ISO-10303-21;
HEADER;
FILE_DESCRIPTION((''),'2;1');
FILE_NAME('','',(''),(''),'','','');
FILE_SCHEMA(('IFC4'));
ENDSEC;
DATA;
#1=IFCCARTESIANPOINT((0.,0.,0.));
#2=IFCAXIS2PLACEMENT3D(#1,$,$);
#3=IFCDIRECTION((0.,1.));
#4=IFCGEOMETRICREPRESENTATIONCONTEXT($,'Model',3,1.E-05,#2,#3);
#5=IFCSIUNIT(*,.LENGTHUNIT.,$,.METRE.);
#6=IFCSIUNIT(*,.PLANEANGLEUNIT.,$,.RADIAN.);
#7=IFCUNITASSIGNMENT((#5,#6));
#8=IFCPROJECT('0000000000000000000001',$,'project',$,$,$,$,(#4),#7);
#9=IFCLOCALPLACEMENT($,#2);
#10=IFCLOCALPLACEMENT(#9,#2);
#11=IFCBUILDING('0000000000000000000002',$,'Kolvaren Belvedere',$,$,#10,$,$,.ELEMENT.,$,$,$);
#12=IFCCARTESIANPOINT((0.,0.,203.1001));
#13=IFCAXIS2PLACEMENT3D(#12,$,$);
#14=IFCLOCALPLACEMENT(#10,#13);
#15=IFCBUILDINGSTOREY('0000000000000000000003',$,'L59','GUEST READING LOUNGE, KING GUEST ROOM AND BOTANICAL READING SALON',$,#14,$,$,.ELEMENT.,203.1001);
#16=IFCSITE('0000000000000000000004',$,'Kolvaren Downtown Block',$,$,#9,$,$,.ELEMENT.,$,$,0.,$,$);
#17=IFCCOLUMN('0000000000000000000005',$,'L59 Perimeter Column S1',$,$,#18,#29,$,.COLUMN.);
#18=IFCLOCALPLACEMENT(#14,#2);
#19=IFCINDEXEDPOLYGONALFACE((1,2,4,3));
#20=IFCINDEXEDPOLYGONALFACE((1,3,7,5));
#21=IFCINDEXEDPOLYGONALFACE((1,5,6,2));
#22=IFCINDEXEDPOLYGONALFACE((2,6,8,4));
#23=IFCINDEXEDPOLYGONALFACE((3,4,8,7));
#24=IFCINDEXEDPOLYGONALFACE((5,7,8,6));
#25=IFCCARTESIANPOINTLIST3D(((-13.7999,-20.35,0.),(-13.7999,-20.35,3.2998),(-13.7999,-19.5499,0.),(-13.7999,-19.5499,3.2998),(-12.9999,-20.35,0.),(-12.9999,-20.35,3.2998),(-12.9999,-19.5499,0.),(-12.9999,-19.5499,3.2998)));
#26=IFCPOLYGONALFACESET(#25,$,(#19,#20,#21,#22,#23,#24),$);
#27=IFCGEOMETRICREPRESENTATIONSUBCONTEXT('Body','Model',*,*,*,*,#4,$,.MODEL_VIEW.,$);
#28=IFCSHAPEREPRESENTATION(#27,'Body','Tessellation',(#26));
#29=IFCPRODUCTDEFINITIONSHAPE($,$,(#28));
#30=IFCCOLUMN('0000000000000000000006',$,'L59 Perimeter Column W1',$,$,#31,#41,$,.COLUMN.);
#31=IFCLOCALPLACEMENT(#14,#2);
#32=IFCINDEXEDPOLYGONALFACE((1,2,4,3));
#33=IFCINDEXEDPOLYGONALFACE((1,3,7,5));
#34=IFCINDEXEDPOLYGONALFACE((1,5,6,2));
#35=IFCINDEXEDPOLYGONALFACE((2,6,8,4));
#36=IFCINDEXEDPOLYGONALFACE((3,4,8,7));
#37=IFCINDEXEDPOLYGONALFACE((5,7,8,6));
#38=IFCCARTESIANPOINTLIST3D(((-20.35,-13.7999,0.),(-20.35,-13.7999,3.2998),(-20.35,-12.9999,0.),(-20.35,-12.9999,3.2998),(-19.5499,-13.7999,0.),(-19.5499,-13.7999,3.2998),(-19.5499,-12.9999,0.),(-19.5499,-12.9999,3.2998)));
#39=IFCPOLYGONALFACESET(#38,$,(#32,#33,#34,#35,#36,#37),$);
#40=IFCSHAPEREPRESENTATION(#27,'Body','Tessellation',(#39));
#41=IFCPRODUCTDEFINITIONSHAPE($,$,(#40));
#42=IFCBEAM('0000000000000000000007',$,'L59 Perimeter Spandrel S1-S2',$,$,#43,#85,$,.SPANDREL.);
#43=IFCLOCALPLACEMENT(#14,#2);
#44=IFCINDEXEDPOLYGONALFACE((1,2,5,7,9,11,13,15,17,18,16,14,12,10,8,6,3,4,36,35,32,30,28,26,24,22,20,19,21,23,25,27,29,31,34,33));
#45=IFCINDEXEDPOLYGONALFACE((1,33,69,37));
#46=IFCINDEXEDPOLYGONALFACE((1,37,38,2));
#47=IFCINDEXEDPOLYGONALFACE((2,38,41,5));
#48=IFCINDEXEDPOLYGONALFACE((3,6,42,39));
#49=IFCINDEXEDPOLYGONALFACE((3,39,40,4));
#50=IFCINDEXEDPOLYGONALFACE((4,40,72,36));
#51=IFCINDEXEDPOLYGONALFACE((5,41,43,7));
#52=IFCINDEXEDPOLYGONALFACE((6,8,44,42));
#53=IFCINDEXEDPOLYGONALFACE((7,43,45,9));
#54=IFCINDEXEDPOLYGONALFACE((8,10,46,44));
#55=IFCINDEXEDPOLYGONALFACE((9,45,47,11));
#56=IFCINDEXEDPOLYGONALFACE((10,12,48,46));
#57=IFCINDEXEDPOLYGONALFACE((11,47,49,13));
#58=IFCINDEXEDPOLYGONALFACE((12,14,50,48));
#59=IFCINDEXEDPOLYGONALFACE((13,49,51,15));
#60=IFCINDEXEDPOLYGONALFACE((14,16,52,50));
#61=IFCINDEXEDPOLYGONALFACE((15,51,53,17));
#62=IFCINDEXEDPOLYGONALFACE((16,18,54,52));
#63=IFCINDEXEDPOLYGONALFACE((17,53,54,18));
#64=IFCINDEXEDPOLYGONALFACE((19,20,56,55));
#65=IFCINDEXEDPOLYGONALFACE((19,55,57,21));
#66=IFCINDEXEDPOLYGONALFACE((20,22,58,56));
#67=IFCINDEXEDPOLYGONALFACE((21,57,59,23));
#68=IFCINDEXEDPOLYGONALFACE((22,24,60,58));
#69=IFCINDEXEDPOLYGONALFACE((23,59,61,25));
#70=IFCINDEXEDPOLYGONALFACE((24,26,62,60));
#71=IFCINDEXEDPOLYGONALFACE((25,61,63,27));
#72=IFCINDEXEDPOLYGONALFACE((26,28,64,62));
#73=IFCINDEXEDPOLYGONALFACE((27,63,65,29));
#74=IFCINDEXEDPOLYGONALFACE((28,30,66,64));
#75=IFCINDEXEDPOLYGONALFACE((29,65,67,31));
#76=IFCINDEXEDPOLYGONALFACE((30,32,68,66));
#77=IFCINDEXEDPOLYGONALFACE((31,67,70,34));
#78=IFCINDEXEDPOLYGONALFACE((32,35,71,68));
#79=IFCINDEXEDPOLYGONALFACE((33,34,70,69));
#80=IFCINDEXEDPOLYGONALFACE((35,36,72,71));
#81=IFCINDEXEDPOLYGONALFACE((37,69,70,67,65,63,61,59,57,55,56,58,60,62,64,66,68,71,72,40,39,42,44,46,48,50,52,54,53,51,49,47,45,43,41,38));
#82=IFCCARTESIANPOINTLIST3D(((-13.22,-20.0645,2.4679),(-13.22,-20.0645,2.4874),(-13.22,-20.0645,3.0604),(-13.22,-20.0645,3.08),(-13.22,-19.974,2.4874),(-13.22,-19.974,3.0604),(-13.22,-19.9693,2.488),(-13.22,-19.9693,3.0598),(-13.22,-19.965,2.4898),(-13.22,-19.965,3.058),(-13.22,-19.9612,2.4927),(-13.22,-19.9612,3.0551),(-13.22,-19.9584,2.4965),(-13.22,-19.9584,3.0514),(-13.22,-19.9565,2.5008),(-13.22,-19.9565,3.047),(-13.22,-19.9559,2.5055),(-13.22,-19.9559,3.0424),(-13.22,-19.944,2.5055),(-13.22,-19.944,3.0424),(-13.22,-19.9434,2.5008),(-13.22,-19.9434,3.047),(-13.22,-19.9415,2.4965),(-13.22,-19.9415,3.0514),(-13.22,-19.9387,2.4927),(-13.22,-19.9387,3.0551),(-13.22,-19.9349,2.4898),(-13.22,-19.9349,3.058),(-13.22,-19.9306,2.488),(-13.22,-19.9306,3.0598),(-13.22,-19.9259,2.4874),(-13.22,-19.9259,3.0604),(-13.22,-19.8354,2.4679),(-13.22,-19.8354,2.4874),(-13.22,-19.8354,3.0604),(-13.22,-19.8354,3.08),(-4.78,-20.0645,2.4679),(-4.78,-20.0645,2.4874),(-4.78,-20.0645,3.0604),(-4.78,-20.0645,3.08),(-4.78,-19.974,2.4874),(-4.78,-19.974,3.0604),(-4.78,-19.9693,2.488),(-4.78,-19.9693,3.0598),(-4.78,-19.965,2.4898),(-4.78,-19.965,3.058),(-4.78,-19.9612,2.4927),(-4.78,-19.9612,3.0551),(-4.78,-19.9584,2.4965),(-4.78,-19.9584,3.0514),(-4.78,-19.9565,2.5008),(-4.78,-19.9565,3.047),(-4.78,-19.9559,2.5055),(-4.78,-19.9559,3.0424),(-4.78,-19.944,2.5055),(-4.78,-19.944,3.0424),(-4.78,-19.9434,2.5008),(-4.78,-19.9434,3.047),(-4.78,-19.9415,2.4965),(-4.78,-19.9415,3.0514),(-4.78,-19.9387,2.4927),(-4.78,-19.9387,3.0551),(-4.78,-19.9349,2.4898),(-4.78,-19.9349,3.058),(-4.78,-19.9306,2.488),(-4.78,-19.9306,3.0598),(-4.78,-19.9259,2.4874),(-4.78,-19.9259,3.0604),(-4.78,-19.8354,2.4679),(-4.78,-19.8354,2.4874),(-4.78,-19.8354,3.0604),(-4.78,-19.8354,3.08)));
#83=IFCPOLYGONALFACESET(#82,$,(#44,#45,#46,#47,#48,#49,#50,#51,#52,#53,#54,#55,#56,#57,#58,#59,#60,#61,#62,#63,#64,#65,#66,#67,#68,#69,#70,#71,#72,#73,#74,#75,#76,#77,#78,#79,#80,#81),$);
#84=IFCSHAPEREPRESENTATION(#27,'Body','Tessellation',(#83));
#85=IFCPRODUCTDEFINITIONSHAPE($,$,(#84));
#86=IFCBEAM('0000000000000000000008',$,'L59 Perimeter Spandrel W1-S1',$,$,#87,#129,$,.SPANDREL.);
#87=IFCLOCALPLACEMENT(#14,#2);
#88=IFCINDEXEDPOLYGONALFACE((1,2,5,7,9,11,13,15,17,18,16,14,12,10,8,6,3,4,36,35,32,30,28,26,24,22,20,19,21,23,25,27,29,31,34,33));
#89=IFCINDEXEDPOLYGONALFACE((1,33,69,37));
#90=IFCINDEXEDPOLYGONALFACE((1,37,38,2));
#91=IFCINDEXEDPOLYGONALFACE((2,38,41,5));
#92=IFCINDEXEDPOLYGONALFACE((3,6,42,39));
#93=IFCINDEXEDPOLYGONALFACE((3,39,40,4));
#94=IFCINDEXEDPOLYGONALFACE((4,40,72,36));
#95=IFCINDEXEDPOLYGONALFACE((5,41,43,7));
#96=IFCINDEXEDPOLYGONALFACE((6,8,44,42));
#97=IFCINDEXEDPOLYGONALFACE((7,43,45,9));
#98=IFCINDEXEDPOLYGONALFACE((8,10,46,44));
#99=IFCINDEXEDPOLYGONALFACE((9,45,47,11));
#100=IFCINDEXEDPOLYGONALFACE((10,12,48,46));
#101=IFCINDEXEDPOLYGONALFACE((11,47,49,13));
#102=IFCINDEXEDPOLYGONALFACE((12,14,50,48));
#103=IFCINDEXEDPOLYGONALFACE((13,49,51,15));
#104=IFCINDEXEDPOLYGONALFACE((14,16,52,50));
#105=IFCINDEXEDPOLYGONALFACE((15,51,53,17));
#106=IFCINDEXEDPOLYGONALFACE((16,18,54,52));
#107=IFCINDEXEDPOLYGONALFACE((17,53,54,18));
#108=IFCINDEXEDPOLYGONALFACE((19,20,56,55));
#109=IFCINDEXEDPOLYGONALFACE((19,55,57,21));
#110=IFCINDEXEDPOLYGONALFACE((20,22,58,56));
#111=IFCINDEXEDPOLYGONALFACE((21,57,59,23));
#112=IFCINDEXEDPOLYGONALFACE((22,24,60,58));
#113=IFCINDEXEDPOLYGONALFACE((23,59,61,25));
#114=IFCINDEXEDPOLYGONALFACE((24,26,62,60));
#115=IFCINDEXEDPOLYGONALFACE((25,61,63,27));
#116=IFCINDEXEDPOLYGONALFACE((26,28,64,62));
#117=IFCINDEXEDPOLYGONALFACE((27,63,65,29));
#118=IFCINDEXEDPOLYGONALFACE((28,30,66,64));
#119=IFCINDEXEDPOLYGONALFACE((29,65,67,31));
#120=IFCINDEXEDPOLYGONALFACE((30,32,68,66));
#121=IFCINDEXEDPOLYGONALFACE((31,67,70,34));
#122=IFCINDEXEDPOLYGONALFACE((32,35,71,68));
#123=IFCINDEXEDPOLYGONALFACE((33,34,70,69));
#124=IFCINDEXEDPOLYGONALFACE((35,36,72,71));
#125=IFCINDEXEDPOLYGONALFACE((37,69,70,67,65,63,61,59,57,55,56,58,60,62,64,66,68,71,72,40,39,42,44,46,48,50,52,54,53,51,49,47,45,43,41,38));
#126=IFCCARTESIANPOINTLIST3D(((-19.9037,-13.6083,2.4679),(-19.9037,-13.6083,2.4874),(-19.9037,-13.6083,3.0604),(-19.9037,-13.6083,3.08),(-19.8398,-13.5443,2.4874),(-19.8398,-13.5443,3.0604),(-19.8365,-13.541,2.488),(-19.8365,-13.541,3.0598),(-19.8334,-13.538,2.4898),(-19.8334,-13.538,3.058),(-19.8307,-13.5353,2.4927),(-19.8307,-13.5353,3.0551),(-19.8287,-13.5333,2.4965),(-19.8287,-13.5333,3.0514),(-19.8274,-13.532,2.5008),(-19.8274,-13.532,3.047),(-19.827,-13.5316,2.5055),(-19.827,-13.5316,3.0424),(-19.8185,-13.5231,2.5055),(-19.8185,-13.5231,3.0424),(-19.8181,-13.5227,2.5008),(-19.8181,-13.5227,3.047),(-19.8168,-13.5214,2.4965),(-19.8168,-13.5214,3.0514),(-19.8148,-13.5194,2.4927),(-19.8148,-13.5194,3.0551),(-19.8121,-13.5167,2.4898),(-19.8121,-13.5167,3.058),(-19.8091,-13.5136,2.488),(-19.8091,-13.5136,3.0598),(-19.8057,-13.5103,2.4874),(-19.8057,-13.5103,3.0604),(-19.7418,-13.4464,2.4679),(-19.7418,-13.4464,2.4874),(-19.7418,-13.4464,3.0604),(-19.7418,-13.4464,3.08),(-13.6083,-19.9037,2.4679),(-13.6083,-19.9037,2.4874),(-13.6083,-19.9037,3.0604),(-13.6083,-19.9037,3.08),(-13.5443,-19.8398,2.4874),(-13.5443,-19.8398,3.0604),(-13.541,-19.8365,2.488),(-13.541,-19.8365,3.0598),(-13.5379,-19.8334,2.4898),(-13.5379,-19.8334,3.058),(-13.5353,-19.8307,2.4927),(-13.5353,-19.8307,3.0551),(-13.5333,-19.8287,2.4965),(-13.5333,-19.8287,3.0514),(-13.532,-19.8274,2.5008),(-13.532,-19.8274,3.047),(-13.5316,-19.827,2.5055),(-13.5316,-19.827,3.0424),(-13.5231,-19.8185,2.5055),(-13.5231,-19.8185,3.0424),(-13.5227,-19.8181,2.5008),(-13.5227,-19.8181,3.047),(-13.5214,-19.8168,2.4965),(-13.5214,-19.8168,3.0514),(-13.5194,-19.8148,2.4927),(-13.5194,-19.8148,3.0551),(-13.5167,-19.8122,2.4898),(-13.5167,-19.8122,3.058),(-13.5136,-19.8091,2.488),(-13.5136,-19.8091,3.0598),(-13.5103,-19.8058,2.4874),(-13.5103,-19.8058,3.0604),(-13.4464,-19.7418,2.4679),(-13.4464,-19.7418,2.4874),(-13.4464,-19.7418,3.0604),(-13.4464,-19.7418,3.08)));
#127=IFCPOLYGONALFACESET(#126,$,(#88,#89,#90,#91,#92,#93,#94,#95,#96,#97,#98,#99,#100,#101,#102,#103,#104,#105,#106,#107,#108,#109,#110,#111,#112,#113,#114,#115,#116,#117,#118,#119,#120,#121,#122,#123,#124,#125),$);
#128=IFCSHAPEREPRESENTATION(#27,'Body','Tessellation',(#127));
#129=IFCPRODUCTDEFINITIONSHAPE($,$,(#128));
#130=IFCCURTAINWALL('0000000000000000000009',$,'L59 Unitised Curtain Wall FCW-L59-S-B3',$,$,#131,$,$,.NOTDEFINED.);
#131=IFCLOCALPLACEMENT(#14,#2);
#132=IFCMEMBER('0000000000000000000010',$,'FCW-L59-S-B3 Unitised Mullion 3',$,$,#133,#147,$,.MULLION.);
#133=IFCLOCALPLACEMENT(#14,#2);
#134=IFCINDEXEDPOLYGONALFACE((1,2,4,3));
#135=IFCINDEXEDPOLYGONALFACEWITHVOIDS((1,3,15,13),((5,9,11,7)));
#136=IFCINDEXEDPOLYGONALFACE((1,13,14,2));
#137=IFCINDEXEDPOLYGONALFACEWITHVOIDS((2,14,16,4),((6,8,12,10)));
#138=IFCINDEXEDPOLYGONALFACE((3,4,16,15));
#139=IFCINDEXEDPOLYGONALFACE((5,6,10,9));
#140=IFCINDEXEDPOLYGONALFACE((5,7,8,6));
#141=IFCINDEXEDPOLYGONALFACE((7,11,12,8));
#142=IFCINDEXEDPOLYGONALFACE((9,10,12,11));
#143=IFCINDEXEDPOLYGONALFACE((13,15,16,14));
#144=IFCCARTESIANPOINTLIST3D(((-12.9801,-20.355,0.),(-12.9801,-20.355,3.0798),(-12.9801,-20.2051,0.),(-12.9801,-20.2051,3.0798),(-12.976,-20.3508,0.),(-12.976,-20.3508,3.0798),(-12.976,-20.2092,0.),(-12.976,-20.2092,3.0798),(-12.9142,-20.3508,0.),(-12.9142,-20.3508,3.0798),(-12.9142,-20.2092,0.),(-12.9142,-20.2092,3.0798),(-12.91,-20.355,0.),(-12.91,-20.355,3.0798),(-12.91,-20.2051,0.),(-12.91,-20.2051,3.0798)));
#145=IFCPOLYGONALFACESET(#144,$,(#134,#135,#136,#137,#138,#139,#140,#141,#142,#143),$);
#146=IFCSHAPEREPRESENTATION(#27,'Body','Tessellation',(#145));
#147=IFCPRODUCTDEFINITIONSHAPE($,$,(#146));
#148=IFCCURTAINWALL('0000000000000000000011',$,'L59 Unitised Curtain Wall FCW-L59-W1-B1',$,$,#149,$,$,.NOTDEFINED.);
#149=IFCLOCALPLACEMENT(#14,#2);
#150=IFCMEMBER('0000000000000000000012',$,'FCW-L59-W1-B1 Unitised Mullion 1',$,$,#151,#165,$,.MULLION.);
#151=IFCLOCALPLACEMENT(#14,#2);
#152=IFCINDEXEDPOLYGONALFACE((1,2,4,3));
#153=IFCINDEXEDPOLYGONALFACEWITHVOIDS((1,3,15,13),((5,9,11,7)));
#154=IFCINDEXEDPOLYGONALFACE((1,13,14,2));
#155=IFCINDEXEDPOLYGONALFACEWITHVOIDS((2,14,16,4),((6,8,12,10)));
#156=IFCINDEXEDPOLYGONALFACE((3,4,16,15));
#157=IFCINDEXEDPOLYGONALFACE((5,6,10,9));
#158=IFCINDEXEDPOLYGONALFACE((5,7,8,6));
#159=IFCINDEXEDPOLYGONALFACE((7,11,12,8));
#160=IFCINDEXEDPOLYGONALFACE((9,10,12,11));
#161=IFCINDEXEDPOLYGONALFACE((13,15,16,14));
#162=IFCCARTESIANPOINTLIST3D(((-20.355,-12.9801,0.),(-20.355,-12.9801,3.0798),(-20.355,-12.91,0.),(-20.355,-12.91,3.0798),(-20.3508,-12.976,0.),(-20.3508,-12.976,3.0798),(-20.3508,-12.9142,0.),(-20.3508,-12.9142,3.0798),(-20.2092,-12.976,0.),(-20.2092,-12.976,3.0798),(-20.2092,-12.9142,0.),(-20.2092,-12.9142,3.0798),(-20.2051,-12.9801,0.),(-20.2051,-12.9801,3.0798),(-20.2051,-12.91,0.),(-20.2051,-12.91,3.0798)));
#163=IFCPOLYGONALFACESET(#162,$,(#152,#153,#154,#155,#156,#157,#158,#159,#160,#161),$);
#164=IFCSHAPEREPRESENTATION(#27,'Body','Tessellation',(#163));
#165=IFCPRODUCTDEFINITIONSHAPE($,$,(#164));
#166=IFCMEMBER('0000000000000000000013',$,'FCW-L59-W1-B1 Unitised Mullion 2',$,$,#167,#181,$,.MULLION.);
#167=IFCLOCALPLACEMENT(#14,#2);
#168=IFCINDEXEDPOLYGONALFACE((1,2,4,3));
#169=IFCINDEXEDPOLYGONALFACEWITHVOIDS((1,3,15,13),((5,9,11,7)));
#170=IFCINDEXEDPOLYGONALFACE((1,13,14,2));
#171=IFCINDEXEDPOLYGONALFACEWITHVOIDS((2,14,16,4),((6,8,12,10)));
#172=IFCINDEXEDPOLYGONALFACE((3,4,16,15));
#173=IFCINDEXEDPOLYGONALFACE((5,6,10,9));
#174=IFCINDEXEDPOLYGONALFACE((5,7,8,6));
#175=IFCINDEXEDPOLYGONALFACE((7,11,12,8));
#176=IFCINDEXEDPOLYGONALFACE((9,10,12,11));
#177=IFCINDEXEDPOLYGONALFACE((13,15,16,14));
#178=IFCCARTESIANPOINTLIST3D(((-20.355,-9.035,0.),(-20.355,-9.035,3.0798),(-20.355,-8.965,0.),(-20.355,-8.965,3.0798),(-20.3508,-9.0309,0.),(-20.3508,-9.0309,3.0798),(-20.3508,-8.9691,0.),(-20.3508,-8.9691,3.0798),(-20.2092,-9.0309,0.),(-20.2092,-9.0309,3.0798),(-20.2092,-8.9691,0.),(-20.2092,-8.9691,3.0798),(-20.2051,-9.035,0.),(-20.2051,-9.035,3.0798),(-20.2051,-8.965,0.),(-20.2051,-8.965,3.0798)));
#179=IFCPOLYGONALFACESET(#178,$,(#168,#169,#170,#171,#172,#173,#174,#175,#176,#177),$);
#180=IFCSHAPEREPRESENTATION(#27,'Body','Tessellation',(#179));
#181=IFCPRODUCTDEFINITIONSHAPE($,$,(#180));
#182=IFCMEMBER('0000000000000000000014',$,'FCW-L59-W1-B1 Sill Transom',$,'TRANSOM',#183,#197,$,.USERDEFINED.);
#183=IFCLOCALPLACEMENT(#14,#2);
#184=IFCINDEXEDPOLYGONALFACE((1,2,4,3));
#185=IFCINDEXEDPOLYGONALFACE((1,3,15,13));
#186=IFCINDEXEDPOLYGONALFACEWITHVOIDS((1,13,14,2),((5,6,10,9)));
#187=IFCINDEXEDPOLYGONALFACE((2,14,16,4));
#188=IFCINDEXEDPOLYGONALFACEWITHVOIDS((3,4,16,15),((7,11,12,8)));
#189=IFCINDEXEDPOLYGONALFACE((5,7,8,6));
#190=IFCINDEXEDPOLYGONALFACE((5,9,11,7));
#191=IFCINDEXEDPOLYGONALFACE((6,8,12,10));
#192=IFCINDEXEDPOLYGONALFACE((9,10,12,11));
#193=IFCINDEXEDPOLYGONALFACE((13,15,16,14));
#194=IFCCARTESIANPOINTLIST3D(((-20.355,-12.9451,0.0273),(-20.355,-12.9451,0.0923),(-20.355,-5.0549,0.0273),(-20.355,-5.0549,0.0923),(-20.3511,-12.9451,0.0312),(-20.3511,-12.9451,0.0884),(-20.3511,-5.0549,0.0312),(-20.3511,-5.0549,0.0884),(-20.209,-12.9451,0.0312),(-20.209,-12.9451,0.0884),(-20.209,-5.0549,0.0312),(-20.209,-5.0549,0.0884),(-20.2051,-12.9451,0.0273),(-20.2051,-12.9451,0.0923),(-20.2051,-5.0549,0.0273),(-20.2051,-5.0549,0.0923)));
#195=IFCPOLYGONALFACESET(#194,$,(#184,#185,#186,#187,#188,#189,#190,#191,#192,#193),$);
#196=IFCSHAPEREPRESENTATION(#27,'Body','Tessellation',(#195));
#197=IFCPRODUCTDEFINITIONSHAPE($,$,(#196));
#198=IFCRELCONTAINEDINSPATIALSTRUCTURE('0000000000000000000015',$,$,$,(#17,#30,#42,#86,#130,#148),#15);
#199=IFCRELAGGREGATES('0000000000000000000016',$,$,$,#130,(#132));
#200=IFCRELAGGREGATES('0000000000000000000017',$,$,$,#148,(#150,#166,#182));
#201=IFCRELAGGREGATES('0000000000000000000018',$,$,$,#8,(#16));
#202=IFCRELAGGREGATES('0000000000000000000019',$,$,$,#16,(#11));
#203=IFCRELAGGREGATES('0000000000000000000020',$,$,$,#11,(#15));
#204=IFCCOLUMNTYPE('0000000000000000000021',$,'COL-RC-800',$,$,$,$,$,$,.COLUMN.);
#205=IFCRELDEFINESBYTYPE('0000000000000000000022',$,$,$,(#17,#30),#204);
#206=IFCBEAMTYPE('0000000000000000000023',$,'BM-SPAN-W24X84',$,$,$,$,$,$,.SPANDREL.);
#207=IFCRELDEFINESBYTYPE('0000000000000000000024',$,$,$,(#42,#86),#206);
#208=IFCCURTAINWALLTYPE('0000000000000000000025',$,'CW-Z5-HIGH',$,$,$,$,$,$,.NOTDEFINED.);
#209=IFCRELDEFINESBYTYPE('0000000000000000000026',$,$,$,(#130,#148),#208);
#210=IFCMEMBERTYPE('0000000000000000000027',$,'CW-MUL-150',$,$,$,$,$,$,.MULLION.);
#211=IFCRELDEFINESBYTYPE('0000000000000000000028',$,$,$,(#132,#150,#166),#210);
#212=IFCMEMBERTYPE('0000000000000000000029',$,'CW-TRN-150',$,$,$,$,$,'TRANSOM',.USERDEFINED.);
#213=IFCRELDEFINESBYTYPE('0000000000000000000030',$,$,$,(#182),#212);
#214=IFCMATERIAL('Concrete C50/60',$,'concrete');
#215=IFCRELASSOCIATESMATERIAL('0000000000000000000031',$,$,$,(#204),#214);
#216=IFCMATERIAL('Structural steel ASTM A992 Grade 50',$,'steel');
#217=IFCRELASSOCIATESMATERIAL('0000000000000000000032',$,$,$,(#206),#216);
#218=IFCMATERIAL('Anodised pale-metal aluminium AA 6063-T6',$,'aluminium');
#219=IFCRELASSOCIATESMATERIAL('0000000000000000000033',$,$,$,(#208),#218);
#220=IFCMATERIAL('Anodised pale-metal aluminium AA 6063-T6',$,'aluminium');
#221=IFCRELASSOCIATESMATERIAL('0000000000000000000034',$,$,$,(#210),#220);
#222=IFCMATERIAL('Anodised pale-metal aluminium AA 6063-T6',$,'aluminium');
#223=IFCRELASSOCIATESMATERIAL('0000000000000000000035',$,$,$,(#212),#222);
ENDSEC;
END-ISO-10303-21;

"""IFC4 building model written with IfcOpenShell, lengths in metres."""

from ifc_helpers import new_model, si_unit, direction, frame, origin, origin_2d, place, context, subcontext, project, spatial, rectangle, hollow_rectangle, i_section, extrude, material, material_profile, profile_set, type_object, element, aggregate, save


model = new_model("IFC4")

# Units and contexts
model_context = context("Model", 3, precision=1e-05, world=origin(), true_north=direction((0.0, 1.0)))
body_context = subcontext(model_context, "Body", "Model", "MODEL_VIEW")
ifc_project = project(units=[si_unit("LENGTHUNIT", "METRE"), si_unit("PLANEANGLEUNIT", "RADIAN")], contexts=[model_context])

# Site, building, storey
site_placement = place(None, origin())
site = spatial("IfcSite", under=ifc_project, at=site_placement, Name="Kolvaren Downtown Block", CompositionType="ELEMENT", RefElevation=0.0)
building_placement = place(site_placement, origin())
building = spatial("IfcBuilding", under=site, at=building_placement, Name="Kolvaren Belvedere", CompositionType="ELEMENT")
storey_placement = place(building_placement, frame((0.0, 0.0, 203.1001)))
storey = spatial("IfcBuildingStorey", under=building, at=storey_placement, Name="L59", Description="GUEST READING LOUNGE, KING GUEST ROOM AND BOTANICAL READING SALON", CompositionType="ELEMENT", Elevation=203.1001)

# Columns
ifc_material_1 = material(Name="Concrete C50/60", Category="concrete")
ifc_material_profile_1 = material_profile(ifc_material_1, rectangle(XDim=0.8, YDim=0.8, at=origin_2d()), Name="RC 800X800")
ifc_profile_set_1 = profile_set([ifc_material_profile_1], Name="Concrete C50/60")
column_type = type_object("IfcColumnType", Name="COL-RC-800", PredefinedType="COLUMN", material=ifc_profile_set_1)
for number, where, z_axis, x_axis, name in (
    (1, (-13.3999, -19.95, 0.0), (0.0, 0.0, 1.0), (1.0, 0.0, 0.0), "L59 Perimeter Column S1"),
    (2, (-19.95, -13.3999, 0.0), (0.0, 0.0, 1.0), (1.0, 0.0, 0.0), "L59 Perimeter Column W1"),
):
    element("IfcColumn", number, at=place(storey_placement, frame(where, z_axis=z_axis, x_axis=x_axis)), inside=storey, type_object=column_type, Name=name, PredefinedType="COLUMN", context=body_context, shape_type="SweptSolid", body=[
        extrude(rectangle(XDim=0.8, YDim=0.8, at=origin_2d()), origin(), (0.0, 0.0, 1.0), 3.2998),
    ])

# Beams
ifc_material_2 = material(Name="Structural steel ASTM A992 Grade 50", Category="steel")
ifc_material_profile_2 = material_profile(ifc_material_2, i_section(OverallWidth=0.229, OverallDepth=0.6121, WebThickness=0.012, FlangeThickness=0.0195, FilletRadius=0.0181, at=origin_2d()), Name="W24X84")
ifc_profile_set_2 = profile_set([ifc_material_profile_2], Name="Structural steel ASTM A992 Grade 50")
beam_type = type_object("IfcBeamType", Name="BM-SPAN-W24X84", PredefinedType="SPANDREL", material=ifc_profile_set_2)
beam_1_placement = place(storey_placement, frame((-13.22, -19.95, 2.7739), z_axis=(1.0, 0.0, 0.0), x_axis=(0.0, 1.0, 0.0)))
element("IfcBeam", 3, at=beam_1_placement, inside=storey, type_object=beam_type, Name="L59 Perimeter Spandrel S1-S2", PredefinedType="SPANDREL", context=body_context, shape_type="SweptSolid", body=[
    extrude(i_section(OverallWidth=0.229, OverallDepth=0.6121, WebThickness=0.012, FlangeThickness=0.0195, FilletRadius=0.0181, at=origin_2d()), origin(), (0.0, 0.0, 1.0), 8.4399),
])
beam_2_placement = place(storey_placement, frame((-19.8228, -13.5273, 2.7739), z_axis=(0.707107, -0.707107, 0.0), x_axis=(0.707107, 0.707107, 0.0)))
element("IfcBeam", 4, at=beam_2_placement, inside=storey, type_object=beam_type, Name="L59 Perimeter Spandrel W1-S1", PredefinedType="SPANDREL", context=body_context, shape_type="SweptSolid", body=[
    extrude(i_section(OverallWidth=0.229, OverallDepth=0.6121, WebThickness=0.012, FlangeThickness=0.0195, FilletRadius=0.0181, at=origin_2d()), origin(), (0.0, 0.0, 1.0), 8.9031),
])

# Curtain wall, member
ifc_material_3 = material(Name="Anodised pale-metal aluminium AA 6063-T6", Category="aluminium")
curtain_wall_type = type_object("IfcCurtainWallType", Name="CW-Z5-HIGH", PredefinedType="NOTDEFINED", material=ifc_material_3)
curtain_wall_1_placement = place(storey_placement, origin())
curtain_wall_1 = element("IfcCurtainWall", 5, at=curtain_wall_1_placement, inside=storey, type_object=curtain_wall_type, Name="L59 Unitised Curtain Wall FCW-L59-S-B3", PredefinedType="NOTDEFINED")
ifc_material_4 = material(Name="Anodised pale-metal aluminium AA 6063-T6", Category="aluminium")
ifc_material_profile_3 = material_profile(ifc_material_4, hollow_rectangle(XDim=0.0701, YDim=0.1499, WallThickness=0.0042, at=origin_2d()), Name="ALU-MUL-150X70")
ifc_profile_set_3 = profile_set([ifc_material_profile_3], Name="Anodised pale-metal aluminium AA 6063-T6")
member_type_1 = type_object("IfcMemberType", Name="CW-MUL-150", PredefinedType="MULLION", material=ifc_profile_set_3)
member_1_placement = place(storey_placement, frame((-12.9451, -20.28, 0.0), z_axis=(0.0, 0.0, 1.0), x_axis=(1.0, 0.0, 0.0)))
member_1 = element("IfcMember", 6, at=member_1_placement, type_object=member_type_1, Name="FCW-L59-S-B3 Unitised Mullion 3", PredefinedType="MULLION", context=body_context, shape_type="SweptSolid", body=[
    extrude(hollow_rectangle(XDim=0.0701, YDim=0.1499, WallThickness=0.0042, at=origin_2d()), origin(), (0.0, 0.0, 1.0), 3.0798),
])
aggregate(curtain_wall_1, [member_1])

# Curtain wall, members
curtain_wall_2_placement = place(storey_placement, origin())
curtain_wall_2 = element("IfcCurtainWall", 7, at=curtain_wall_2_placement, inside=storey, type_object=curtain_wall_type, Name="L59 Unitised Curtain Wall FCW-L59-W1-B1", PredefinedType="NOTDEFINED")
member_2_placement = place(storey_placement, frame((-20.28, -12.9451, 0.0), z_axis=(0.0, 0.0, 1.0), x_axis=(0.0, 1.0, 0.0)))
member_2 = element("IfcMember", 8, at=member_2_placement, type_object=member_type_1, Name="FCW-L59-W1-B1 Unitised Mullion 1", PredefinedType="MULLION", context=body_context, shape_type="SweptSolid", body=[
    extrude(hollow_rectangle(XDim=0.0701, YDim=0.1499, WallThickness=0.0042, at=origin_2d()), origin(), (0.0, 0.0, 1.0), 3.0798),
])
member_3_placement = place(storey_placement, frame((-20.28, -9.0, 0.0), z_axis=(0.0, 0.0, 1.0), x_axis=(0.0, 1.0, 0.0)))
member_3 = element("IfcMember", 9, at=member_3_placement, type_object=member_type_1, Name="FCW-L59-W1-B1 Unitised Mullion 2", PredefinedType="MULLION", context=body_context, shape_type="SweptSolid", body=[
    extrude(hollow_rectangle(XDim=0.0701, YDim=0.1499, WallThickness=0.0042, at=origin_2d()), origin(), (0.0, 0.0, 1.0), 3.0798),
])
ifc_material_5 = material(Name="Anodised pale-metal aluminium AA 6063-T6", Category="aluminium")
ifc_material_profile_4 = material_profile(ifc_material_5, hollow_rectangle(XDim=0.0649, YDim=0.1499, WallThickness=0.0039, at=origin_2d()), Name="ALU-TRN-150X65")
ifc_profile_set_4 = profile_set([ifc_material_profile_4], Name="Anodised pale-metal aluminium AA 6063-T6")
member_type_2 = type_object("IfcMemberType", Name="CW-TRN-150", ElementType="TRANSOM", PredefinedType="USERDEFINED", material=ifc_profile_set_4)
member_4_placement = place(storey_placement, frame((-20.28, -12.9451, 0.0598), z_axis=(0.0, 1.0, 0.0), x_axis=(0.0, 0.0, 1.0)))
member_4 = element("IfcMember", 10, at=member_4_placement, type_object=member_type_2, Name="FCW-L59-W1-B1 Sill Transom", ObjectType="TRANSOM", PredefinedType="USERDEFINED", context=body_context, shape_type="SweptSolid", body=[
    extrude(hollow_rectangle(XDim=0.0649, YDim=0.1499, WallThickness=0.0039, at=origin_2d()), origin(), (0.0, 0.0, 1.0), 7.8901),
])
aggregate(curtain_wall_2, [member_2, member_3, member_4])

save(model, "model.ifc")
